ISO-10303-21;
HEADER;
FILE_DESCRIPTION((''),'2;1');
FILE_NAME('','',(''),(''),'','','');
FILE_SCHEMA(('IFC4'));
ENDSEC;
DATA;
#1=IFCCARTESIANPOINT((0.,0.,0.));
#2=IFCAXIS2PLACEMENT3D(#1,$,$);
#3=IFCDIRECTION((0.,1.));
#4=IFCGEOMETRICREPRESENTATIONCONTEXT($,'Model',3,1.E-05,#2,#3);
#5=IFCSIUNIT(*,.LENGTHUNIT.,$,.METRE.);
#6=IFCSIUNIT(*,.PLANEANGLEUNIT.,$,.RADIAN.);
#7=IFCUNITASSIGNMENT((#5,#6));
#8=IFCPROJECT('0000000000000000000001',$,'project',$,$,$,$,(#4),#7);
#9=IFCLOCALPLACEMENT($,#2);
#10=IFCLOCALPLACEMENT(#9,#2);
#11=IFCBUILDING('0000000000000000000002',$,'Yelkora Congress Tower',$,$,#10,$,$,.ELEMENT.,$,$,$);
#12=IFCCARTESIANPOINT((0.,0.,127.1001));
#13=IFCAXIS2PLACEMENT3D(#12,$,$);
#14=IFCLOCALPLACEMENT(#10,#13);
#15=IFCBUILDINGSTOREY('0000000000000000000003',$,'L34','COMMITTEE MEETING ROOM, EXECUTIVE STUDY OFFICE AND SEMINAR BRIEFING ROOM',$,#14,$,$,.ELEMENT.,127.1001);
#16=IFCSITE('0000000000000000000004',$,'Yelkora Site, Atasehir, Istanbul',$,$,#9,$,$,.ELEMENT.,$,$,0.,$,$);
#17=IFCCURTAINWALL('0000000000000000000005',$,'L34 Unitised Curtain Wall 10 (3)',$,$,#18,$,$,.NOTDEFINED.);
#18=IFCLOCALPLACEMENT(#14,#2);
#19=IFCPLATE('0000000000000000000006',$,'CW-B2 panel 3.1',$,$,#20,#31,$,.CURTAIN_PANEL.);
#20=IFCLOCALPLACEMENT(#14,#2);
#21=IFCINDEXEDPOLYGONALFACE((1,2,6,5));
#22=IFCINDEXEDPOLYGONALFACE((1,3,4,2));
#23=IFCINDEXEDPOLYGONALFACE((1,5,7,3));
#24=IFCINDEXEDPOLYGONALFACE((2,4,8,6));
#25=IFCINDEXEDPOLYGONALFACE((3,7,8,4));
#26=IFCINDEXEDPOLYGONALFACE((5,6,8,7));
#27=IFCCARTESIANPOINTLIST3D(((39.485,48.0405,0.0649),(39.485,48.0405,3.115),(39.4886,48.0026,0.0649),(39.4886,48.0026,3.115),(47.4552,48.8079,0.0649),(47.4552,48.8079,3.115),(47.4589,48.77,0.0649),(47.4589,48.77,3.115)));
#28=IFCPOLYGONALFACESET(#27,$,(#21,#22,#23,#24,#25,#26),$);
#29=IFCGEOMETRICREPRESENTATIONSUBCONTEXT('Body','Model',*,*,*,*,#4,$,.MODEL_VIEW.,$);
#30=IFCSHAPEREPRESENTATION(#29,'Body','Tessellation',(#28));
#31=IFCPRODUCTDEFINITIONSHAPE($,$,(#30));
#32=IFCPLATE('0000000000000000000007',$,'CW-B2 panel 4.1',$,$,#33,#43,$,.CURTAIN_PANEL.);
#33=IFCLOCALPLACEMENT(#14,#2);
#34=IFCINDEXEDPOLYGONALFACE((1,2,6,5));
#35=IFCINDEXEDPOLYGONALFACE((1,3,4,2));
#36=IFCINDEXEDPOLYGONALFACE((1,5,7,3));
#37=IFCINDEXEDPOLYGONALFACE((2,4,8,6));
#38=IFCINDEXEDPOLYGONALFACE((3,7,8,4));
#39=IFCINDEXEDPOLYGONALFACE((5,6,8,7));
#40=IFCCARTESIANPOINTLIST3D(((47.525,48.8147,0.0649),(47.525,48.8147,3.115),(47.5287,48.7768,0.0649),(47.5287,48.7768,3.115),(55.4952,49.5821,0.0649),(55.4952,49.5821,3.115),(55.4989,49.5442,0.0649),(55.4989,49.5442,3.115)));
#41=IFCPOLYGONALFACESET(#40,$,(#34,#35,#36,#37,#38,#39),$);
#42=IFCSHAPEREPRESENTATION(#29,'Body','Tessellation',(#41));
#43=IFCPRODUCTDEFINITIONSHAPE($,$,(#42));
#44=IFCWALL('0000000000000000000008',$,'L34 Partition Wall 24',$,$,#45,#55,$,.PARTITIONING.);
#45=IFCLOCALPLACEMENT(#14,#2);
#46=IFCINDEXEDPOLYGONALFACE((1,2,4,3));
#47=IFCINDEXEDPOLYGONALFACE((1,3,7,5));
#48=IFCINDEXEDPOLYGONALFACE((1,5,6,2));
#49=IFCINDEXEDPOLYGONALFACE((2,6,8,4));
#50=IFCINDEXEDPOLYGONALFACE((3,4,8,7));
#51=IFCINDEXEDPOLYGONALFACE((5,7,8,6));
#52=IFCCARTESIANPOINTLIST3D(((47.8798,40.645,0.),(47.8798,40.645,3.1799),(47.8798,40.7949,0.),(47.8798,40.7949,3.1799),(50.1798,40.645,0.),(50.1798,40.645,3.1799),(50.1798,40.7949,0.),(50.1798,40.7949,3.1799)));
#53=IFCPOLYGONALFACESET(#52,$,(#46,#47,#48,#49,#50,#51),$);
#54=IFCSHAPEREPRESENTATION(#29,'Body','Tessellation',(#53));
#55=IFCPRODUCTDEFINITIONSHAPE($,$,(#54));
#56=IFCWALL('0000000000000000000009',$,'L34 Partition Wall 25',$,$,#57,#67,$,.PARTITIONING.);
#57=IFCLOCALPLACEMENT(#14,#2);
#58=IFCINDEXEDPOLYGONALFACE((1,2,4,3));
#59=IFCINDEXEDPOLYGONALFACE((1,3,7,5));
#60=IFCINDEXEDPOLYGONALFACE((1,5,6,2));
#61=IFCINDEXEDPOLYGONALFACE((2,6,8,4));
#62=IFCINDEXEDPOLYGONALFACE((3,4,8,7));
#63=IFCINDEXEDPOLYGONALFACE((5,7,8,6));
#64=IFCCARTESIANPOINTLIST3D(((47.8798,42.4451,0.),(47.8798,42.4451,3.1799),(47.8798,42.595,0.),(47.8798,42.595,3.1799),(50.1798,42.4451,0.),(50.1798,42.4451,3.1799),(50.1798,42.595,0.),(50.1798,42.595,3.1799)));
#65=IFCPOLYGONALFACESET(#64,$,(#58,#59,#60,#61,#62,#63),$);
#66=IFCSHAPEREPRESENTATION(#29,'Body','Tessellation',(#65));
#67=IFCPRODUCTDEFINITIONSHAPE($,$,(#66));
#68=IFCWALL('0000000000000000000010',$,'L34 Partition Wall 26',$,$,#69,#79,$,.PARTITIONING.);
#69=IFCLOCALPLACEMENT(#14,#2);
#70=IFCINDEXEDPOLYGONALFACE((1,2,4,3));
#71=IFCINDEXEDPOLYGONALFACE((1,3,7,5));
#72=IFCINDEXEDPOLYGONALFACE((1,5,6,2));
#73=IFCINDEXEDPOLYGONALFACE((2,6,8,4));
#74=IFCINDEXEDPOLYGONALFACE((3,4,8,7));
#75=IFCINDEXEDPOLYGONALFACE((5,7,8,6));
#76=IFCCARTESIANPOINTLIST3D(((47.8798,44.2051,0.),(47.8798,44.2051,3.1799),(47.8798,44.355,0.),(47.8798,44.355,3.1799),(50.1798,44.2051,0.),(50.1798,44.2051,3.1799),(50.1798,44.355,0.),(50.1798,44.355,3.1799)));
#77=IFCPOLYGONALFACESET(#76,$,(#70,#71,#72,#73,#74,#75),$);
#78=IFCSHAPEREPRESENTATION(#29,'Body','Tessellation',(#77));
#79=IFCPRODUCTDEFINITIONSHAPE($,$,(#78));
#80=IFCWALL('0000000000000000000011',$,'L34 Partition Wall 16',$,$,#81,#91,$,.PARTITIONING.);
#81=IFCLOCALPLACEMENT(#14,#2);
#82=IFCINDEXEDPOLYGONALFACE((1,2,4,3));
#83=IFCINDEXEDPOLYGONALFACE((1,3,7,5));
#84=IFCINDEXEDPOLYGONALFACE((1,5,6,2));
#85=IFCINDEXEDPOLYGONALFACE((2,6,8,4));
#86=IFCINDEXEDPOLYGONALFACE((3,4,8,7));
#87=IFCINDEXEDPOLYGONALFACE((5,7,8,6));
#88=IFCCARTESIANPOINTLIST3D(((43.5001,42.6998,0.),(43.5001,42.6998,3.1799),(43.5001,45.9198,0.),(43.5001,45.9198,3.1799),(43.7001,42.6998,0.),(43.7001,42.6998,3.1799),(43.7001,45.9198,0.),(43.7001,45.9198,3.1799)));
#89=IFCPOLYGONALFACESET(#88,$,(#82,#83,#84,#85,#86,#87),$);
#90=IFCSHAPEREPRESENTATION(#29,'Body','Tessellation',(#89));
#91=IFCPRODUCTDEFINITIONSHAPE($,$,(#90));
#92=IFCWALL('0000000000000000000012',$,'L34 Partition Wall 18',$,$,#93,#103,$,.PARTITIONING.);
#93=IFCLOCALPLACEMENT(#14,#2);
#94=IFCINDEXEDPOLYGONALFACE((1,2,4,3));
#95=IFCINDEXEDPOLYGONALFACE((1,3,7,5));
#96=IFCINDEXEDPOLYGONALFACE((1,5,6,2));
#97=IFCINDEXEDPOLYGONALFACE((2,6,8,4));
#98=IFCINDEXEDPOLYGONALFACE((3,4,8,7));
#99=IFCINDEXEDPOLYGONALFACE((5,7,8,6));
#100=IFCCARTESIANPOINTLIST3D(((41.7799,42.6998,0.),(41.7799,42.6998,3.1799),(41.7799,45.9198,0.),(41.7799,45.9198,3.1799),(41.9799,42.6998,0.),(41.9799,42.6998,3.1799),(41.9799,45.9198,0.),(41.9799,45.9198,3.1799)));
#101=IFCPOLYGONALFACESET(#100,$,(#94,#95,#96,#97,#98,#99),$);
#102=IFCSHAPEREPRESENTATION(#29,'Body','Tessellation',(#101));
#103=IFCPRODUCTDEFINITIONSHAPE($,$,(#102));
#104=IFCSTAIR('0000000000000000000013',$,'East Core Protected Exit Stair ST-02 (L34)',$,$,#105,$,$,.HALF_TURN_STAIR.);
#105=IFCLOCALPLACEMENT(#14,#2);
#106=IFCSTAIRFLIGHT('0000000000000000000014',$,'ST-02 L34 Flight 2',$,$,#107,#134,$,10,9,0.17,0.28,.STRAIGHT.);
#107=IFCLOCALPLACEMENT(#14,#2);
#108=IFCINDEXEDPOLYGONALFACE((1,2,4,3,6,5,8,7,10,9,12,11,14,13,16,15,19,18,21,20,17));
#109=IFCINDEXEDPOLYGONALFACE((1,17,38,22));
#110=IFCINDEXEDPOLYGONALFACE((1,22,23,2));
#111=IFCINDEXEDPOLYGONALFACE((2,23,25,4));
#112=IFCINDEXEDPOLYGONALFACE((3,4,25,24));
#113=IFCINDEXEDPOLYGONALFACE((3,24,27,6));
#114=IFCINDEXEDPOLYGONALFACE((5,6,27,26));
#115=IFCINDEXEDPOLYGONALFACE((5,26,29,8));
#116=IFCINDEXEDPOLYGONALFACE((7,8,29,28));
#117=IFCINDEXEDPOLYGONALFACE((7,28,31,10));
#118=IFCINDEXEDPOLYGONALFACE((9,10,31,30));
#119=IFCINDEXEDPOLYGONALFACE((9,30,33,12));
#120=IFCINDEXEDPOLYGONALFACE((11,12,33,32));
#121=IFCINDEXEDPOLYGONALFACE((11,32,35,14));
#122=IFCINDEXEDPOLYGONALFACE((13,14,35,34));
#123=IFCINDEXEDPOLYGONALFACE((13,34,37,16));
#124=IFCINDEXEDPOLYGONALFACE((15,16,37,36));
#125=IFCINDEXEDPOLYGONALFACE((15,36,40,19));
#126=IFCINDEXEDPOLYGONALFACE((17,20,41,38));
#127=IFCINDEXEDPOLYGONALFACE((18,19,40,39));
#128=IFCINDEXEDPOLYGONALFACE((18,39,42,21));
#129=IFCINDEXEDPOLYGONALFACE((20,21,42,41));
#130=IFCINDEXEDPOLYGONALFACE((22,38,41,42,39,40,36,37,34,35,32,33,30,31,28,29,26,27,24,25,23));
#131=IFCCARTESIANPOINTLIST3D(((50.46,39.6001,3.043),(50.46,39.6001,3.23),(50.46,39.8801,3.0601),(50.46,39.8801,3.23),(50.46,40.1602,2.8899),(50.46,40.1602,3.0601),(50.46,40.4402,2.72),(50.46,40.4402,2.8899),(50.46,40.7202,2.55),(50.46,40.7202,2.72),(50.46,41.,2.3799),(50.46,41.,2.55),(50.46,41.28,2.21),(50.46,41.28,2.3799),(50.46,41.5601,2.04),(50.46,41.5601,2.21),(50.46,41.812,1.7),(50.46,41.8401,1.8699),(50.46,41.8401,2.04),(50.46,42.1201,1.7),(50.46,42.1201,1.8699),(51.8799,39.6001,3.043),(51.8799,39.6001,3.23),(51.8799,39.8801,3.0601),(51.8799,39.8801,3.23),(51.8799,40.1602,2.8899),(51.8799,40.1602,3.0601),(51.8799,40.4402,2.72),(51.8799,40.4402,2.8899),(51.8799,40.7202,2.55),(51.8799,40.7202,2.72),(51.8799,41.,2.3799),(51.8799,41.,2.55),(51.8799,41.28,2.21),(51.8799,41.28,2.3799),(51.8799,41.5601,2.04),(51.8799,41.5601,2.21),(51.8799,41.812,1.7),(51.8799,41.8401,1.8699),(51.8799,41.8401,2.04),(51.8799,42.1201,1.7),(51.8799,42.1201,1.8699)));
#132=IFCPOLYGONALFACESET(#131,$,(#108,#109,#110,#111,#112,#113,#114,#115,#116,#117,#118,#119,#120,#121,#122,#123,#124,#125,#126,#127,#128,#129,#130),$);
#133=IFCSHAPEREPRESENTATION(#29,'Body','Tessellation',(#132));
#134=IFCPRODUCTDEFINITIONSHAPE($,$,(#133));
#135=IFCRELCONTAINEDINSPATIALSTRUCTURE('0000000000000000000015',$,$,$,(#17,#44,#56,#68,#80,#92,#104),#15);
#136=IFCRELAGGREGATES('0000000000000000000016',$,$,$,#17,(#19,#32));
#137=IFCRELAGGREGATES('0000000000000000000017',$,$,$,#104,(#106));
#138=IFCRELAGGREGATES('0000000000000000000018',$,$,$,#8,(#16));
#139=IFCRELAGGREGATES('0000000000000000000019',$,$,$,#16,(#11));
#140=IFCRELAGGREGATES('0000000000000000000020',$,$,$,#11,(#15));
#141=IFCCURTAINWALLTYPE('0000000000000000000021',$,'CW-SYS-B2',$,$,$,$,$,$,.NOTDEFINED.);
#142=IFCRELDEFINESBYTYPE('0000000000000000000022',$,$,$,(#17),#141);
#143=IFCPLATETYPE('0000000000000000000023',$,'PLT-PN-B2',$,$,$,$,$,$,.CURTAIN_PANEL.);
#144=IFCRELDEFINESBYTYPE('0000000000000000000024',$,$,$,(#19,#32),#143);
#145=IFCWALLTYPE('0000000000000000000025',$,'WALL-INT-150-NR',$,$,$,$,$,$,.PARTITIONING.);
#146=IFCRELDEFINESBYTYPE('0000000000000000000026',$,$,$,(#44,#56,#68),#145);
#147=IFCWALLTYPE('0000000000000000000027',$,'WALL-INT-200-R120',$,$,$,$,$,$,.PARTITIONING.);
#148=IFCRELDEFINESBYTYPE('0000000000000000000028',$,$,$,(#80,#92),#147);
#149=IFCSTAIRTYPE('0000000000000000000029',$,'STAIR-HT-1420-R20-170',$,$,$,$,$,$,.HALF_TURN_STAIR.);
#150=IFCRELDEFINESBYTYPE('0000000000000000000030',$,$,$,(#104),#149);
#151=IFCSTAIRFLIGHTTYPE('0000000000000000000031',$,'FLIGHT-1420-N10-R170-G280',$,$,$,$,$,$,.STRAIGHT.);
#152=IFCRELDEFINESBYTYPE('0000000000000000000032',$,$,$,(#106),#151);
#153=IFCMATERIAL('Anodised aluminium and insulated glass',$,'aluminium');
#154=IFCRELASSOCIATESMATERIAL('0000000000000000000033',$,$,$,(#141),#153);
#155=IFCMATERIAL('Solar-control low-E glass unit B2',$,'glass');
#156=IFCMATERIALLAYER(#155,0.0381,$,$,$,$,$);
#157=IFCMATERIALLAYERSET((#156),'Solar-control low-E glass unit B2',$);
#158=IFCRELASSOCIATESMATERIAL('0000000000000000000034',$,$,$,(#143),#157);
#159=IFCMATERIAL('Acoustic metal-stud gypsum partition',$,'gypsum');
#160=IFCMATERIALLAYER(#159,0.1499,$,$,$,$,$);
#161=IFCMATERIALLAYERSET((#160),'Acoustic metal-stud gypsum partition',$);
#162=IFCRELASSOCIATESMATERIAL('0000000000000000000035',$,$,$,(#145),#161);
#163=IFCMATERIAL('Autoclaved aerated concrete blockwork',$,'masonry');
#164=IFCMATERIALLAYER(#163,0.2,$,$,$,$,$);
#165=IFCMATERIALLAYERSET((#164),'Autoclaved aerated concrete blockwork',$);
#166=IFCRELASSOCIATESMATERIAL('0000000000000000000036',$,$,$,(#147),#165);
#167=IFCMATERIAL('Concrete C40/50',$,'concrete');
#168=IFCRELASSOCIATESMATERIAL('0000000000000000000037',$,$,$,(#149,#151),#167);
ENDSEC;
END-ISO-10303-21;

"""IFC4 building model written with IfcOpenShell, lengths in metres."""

from ifc_helpers import new_model, si_unit, direction, frame, frame_2d, origin, origin_2d, place, context, subcontext, project, spatial, polyline, rectangle, outline, extrude, material, layer, layer_set, type_object, element, aggregate, save


model = new_model("IFC4")

# Units and contexts
model_context = context("Model", 3, precision=1e-05, world=origin(), true_north=direction((0.0, 1.0)))
body_context = subcontext(model_context, "Body", "Model", "MODEL_VIEW")
ifc_project = project(units=[si_unit("LENGTHUNIT", "METRE"), si_unit("PLANEANGLEUNIT", "RADIAN")], contexts=[model_context])

# Site, building, storey
site_placement = place(None, origin())
site = spatial("IfcSite", under=ifc_project, at=site_placement, Name="Yelkora Site, Atasehir, Istanbul", CompositionType="ELEMENT", RefElevation=0.0)
building_placement = place(site_placement, origin())
building = spatial("IfcBuilding", under=site, at=building_placement, Name="Yelkora Congress Tower", CompositionType="ELEMENT")
storey_placement = place(building_placement, frame((0.0, 0.0, 127.1001)))
storey = spatial("IfcBuildingStorey", under=building, at=storey_placement, Name="L34", Description="COMMITTEE MEETING ROOM, EXECUTIVE STUDY OFFICE AND SEMINAR BRIEFING ROOM", CompositionType="ELEMENT", Elevation=127.1001)

# Curtain wall, plates
ifc_material_1 = material(Name="Anodised aluminium and insulated glass", Category="aluminium")
curtain_wall_type = type_object("IfcCurtainWallType", Name="CW-SYS-B2", PredefinedType="NOTDEFINED", material=ifc_material_1)
curtain_wall_placement = place(storey_placement, origin())
curtain_wall = element("IfcCurtainWall", 1, at=curtain_wall_placement, inside=storey, type_object=curtain_wall_type, Name="L34 Unitised Curtain Wall 10 (3)", PredefinedType="NOTDEFINED")
ifc_material_2 = material(Name="Solar-control low-E glass unit B2", Category="glass")
ifc_layer_1 = layer(ifc_material_2, 0.0381)
ifc_layer_set_1 = layer_set([ifc_layer_1], Name="Solar-control low-E glass unit B2")
plate_type = type_object("IfcPlateType", Name="PLT-PN-B2", PredefinedType="CURTAIN_PANEL", material=ifc_layer_set_1)
plate_1_placement = place(storey_placement, frame((43.4719, 48.4053, 0.0649), z_axis=(0.0, 0.0, 1.0), x_axis=(0.995396, 0.095844, 0.0)))
plate_1 = element("IfcPlate", 2, at=plate_1_placement, type_object=plate_type, Name="CW-B2 panel 3.1", PredefinedType="CURTAIN_PANEL", context=body_context, shape_type="SweptSolid", body=[
    extrude(rectangle(XDim=8.0071, YDim=0.0381, at=origin_2d()), origin(), (0.0, 0.0, 1.0), 3.05),
])
plate_2_placement = place(storey_placement, frame((51.512, 49.1794, 0.0649), z_axis=(0.0, 0.0, 1.0), x_axis=(0.995396, 0.095844, 0.0)))
plate_2 = element("IfcPlate", 3, at=plate_2_placement, type_object=plate_type, Name="CW-B2 panel 4.1", PredefinedType="CURTAIN_PANEL", context=body_context, shape_type="SweptSolid", body=[
    extrude(rectangle(XDim=8.0071, YDim=0.0381, at=origin_2d()), origin(), (0.0, 0.0, 1.0), 3.05),
])
aggregate(curtain_wall, [plate_1, plate_2])

# Walls
ifc_material_3 = material(Name="Acoustic metal-stud gypsum partition", Category="gypsum")
ifc_layer_2 = layer(ifc_material_3, 0.1499)
ifc_layer_set_2 = layer_set([ifc_layer_2], Name="Acoustic metal-stud gypsum partition")
wall_type_1 = type_object("IfcWallType", Name="WALL-INT-150-NR", PredefinedType="PARTITIONING", material=ifc_layer_set_2)
for number, where, z_axis, x_axis, name in (
    (4, (47.8799, 40.72, 0.0), (0.0, 0.0, 1.0), (1.0, 0.0, 0.0), "L34 Partition Wall 24"),
    (5, (47.8799, 42.52, 0.0), (0.0, 0.0, 1.0), (1.0, 0.0, 0.0), "L34 Partition Wall 25"),
    (6, (47.8799, 44.28, 0.0), (0.0, 0.0, 1.0), (1.0, 0.0, 0.0), "L34 Partition Wall 26"),
):
    element("IfcWall", number, at=place(storey_placement, frame(where, z_axis=z_axis, x_axis=x_axis)), inside=storey, type_object=wall_type_1, Name=name, PredefinedType="PARTITIONING", context=body_context, shape_type="SweptSolid", body=[
        extrude(rectangle(XDim=2.3, YDim=0.1499, at=frame_2d((1.1499, 0.0))), origin(), (0.0, 0.0, 1.0), 3.1799),
    ])
ifc_material_4 = material(Name="Autoclaved aerated concrete blockwork", Category="masonry")
ifc_layer_3 = layer(ifc_material_4, 0.2)
ifc_layer_set_3 = layer_set([ifc_layer_3], Name="Autoclaved aerated concrete blockwork")
wall_type_2 = type_object("IfcWallType", Name="WALL-INT-200-R120", PredefinedType="PARTITIONING", material=ifc_layer_set_3)
for number, where, z_axis, x_axis, name in (
    (7, (43.6001, 42.7, 0.0), (0.0, 0.0, 1.0), (0.0, 1.0, 0.0), "L34 Partition Wall 16"),
    (8, (41.8799, 42.7, 0.0), (0.0, 0.0, 1.0), (0.0, 1.0, 0.0), "L34 Partition Wall 18"),
):
    element("IfcWall", number, at=place(storey_placement, frame(where, z_axis=z_axis, x_axis=x_axis)), inside=storey, type_object=wall_type_2, Name=name, PredefinedType="PARTITIONING", context=body_context, shape_type="SweptSolid", body=[
        extrude(rectangle(XDim=3.22, YDim=0.2, at=frame_2d((1.6099, 0.0))), origin(), (0.0, 0.0, 1.0), 3.1799),
    ])

# Stair, stair flight
ifc_material_5 = material(Name="Concrete C40/50", Category="concrete")
stair_type = type_object("IfcStairType", Name="STAIR-HT-1420-R20-170", PredefinedType="HALF_TURN_STAIR", material=ifc_material_5)
stair_placement = place(storey_placement, origin())
stair = element("IfcStair", 9, at=stair_placement, inside=storey, type_object=stair_type, Name="East Core Protected Exit Stair ST-02 (L34)", PredefinedType="HALF_TURN_STAIR")
stair_flight_type = type_object("IfcStairFlightType", Name="FLIGHT-1420-N10-R170-G280", PredefinedType="STRAIGHT", material=ifc_material_5)
stair_flight_placement = place(storey_placement, frame((51.1699, 42.1201, 1.7), z_axis=(0.0, 0.0, 1.0), x_axis=(0.0, -1.0, 0.0)))
stair_flight = element("IfcStairFlight", 10, at=stair_flight_placement, type_object=stair_flight_type, Name="ST-02 L34 Flight 2", NumberOfRisers=10, NumberOfTreads=9, PredefinedType="STRAIGHT", RiserHeight=0.17, TreadLength=0.28, context=body_context, shape_type="SweptSolid", body=[
    extrude(outline(polyline([(0.0, 0.0), (0.0, 0.1699), (0.28, 0.1699), (0.28, 0.3401), (0.5601, 0.3401), (0.5601, 0.51), (0.8401, 0.51), (0.8401, 0.6799), (1.1201, 0.6799), (1.1201, 0.8501), (1.3999, 0.8501), (1.3999, 1.02), (1.6799, 1.02), (1.6799, 1.1899), (1.96, 1.1899), (1.96, 1.3601), (2.24, 1.3601), (2.24, 1.53), (2.52, 1.53), (2.52, 1.7), (2.52, 1.343), (0.3081, 0.0), (0.0, 0.0)])), frame((0.0, 0.71, 0.0), z_axis=(0.0, -1.0, 0.0), x_axis=(1.0, 0.0, 0.0)), (0.0, 0.0, 1.0), 1.4199),
])
aggregate(stair, [stair_flight])

save(model, "model.ifc")
